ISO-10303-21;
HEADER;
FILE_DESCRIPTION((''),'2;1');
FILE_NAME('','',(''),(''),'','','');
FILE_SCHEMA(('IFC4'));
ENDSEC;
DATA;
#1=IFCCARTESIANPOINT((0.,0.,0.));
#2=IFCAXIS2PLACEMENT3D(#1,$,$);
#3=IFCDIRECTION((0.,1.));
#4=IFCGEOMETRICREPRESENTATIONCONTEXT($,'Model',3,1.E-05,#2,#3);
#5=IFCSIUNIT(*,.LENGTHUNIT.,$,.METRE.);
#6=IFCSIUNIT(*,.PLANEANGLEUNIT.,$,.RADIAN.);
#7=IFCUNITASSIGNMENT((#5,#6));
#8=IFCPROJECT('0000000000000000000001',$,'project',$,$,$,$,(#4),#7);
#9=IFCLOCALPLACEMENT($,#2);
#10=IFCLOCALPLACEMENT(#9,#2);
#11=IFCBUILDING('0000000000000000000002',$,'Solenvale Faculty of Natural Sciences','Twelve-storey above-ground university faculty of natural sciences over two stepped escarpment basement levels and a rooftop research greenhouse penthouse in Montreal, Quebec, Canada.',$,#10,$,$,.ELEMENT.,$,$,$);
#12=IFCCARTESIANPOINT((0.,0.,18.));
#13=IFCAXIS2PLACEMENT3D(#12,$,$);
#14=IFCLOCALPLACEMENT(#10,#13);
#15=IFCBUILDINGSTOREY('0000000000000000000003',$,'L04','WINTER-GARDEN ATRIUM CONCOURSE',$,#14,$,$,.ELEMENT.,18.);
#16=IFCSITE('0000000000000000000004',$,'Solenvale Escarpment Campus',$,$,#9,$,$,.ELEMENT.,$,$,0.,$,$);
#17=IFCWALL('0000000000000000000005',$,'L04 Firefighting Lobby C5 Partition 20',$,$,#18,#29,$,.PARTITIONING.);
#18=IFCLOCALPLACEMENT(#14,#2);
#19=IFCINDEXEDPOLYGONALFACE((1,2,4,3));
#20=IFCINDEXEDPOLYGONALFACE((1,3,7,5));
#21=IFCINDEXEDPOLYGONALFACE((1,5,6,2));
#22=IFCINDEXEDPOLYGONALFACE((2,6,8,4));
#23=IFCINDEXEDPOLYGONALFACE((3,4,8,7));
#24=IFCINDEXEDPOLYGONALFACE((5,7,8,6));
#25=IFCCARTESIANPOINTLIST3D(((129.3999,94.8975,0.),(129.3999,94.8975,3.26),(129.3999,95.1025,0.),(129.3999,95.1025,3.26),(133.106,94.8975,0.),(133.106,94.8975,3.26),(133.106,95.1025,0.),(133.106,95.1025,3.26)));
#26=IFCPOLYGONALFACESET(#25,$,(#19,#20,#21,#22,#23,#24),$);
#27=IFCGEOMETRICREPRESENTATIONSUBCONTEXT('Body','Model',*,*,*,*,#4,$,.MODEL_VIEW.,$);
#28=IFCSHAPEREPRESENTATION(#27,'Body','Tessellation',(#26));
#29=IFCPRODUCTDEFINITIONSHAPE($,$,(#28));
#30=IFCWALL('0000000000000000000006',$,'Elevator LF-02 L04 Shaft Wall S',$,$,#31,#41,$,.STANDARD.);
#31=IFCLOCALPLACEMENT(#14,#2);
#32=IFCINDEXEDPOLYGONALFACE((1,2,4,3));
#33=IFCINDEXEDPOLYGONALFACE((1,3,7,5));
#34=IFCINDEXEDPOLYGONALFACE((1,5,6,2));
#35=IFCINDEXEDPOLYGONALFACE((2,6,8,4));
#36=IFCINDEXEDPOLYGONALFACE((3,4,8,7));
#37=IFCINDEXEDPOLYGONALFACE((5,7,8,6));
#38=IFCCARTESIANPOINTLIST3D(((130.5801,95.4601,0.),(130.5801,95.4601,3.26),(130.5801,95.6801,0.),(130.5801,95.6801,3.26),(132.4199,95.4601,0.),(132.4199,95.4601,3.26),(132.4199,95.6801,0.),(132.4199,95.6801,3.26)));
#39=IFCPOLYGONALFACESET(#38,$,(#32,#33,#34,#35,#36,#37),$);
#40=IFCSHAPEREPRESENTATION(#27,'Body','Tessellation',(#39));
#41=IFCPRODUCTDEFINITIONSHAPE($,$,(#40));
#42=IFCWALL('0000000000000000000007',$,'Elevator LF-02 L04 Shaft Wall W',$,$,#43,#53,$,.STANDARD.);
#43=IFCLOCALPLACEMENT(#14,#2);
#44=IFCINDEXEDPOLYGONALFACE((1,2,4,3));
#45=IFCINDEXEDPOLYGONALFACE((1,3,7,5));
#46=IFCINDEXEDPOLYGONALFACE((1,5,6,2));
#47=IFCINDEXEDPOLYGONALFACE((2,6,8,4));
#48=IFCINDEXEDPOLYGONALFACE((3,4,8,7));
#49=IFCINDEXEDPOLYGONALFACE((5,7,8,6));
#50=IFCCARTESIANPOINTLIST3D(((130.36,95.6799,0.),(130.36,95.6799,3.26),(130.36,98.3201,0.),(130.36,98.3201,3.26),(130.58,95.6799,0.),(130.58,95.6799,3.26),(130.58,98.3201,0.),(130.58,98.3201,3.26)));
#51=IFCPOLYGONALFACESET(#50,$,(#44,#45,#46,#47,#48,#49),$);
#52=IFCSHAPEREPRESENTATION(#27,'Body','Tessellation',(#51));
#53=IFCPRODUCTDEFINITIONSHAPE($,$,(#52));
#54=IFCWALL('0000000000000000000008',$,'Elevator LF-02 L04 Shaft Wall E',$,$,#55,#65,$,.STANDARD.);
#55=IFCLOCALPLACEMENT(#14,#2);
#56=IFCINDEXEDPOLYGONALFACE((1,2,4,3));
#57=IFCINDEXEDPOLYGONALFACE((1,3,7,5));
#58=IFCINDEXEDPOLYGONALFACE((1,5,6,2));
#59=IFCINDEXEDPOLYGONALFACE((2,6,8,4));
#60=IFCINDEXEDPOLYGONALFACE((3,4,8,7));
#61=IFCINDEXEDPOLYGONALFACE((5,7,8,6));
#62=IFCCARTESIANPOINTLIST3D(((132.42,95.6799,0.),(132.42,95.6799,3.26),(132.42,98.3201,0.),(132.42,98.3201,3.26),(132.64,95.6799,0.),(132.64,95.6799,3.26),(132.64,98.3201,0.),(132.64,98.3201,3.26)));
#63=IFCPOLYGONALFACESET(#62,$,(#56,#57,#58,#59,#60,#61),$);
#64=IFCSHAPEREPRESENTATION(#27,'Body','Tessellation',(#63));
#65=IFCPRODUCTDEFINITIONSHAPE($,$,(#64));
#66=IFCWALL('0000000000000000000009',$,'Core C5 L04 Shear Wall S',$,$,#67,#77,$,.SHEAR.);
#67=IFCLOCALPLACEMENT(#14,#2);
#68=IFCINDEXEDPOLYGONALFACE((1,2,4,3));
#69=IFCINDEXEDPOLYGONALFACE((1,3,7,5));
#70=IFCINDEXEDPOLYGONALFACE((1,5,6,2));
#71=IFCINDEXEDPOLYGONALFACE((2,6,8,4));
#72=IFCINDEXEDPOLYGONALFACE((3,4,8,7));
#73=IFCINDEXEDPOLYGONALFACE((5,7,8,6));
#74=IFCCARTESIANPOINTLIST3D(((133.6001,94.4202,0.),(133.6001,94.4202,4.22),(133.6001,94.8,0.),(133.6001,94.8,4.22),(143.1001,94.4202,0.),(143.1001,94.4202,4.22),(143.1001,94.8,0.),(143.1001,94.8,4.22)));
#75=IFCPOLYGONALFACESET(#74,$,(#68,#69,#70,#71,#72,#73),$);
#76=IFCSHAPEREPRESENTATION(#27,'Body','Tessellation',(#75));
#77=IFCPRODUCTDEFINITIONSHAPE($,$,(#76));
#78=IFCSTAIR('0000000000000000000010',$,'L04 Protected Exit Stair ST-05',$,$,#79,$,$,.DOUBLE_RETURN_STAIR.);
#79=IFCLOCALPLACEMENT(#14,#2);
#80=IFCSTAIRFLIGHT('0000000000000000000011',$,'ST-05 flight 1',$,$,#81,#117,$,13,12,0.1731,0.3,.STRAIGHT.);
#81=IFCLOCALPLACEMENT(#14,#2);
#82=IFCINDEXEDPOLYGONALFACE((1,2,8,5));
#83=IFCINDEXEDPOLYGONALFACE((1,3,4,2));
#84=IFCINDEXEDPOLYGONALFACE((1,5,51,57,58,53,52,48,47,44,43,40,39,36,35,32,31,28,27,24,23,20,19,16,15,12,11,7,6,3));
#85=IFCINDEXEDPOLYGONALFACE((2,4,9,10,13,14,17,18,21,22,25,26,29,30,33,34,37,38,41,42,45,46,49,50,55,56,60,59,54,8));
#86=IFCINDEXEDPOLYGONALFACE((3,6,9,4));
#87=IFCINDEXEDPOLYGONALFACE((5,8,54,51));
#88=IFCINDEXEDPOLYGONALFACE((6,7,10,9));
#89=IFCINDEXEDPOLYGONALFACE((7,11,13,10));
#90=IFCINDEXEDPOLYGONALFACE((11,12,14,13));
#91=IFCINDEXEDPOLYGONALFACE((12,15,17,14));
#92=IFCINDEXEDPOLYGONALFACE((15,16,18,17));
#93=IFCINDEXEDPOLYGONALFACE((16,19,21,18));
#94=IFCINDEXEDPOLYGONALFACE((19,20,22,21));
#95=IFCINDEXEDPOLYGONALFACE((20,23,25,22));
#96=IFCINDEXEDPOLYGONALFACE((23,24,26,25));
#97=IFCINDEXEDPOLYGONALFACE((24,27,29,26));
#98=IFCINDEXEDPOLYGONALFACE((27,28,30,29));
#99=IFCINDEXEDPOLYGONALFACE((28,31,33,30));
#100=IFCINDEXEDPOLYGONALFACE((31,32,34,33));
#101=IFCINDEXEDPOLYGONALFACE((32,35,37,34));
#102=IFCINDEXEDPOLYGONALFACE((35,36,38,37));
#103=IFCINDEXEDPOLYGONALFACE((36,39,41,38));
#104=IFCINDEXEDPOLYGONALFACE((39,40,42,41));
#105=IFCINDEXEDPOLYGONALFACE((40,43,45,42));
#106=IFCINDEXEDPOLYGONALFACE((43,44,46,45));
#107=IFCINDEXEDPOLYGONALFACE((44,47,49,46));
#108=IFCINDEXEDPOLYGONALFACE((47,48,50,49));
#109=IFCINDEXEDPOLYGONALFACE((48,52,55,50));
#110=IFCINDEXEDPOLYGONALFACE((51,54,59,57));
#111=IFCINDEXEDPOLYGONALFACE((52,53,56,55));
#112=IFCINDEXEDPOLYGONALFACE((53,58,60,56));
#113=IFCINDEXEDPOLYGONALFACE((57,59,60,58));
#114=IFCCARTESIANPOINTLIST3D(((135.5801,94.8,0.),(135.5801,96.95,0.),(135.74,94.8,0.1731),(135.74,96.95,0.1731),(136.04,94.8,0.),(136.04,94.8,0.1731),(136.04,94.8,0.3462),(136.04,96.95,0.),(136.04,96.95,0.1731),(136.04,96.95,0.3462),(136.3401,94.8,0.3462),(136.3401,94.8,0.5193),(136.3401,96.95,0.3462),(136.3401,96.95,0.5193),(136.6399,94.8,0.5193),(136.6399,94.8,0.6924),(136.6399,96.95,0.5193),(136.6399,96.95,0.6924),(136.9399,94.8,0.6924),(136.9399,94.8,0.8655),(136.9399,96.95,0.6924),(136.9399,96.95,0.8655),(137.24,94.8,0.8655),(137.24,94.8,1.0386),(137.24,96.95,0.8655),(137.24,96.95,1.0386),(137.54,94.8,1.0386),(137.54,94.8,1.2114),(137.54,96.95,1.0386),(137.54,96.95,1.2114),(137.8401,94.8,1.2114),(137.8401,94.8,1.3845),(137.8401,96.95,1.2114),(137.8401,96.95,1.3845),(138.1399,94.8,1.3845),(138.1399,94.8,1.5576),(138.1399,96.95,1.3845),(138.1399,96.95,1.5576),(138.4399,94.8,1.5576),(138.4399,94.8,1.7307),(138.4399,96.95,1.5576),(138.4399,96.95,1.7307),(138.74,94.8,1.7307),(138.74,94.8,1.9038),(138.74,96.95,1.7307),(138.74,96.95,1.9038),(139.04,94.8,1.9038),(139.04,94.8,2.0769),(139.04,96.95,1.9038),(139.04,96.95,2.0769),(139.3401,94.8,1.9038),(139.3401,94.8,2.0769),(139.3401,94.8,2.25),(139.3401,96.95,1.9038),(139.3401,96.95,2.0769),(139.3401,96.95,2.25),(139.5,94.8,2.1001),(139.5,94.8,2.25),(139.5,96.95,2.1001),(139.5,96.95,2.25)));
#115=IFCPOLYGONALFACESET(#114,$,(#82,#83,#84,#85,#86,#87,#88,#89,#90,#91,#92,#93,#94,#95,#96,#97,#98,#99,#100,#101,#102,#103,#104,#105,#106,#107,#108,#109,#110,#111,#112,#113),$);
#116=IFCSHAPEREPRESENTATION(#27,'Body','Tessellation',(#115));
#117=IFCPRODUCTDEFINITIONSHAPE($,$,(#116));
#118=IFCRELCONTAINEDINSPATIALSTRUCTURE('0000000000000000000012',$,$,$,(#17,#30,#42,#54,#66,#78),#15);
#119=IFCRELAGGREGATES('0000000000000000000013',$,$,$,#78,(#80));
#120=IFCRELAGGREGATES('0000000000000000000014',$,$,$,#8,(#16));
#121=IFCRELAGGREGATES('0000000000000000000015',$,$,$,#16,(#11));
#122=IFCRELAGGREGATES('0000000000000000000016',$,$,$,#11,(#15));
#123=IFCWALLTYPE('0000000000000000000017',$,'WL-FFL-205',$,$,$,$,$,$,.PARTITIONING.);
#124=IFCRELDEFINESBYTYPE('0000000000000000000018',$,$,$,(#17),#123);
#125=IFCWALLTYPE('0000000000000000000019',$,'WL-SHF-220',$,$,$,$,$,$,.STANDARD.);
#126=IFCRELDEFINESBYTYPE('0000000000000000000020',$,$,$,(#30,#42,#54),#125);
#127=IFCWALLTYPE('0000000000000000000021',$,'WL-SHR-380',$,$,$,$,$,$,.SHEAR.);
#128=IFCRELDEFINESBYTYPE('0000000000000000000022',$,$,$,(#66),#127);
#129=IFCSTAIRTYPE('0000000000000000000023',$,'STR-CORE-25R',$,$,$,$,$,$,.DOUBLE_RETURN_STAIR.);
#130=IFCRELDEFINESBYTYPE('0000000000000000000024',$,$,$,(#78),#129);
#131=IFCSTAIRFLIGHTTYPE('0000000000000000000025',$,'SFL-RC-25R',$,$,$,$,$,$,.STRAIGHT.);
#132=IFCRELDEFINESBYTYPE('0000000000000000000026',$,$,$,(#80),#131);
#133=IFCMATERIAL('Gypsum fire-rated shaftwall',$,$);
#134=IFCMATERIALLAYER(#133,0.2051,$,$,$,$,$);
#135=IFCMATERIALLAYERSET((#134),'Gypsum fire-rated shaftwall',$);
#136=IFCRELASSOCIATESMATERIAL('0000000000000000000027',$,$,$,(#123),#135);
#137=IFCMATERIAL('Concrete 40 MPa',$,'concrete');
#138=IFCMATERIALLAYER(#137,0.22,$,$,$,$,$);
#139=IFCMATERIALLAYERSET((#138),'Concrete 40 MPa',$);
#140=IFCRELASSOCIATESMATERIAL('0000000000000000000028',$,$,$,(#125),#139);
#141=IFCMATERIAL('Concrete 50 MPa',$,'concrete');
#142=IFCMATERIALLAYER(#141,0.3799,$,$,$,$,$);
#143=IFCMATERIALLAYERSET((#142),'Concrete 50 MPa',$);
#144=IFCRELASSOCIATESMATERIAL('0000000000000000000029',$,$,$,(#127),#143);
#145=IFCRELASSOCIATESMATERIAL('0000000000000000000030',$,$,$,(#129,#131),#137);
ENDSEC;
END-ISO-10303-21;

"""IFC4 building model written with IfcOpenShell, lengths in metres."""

from ifc_helpers import new_model, si_unit, direction, frame, frame_2d, origin, place, context, subcontext, project, spatial, polyline, rectangle, outline, extrude, material, layer, layer_set, type_object, element, aggregate, save


model = new_model("IFC4")

# Units and contexts
model_context = context("Model", 3, precision=1e-05, world=origin(), true_north=direction((0.0, 1.0)))
body_context = subcontext(model_context, "Body", "Model", "MODEL_VIEW")
ifc_project = project(units=[si_unit("LENGTHUNIT", "METRE"), si_unit("PLANEANGLEUNIT", "RADIAN")], contexts=[model_context])

# Site, building, storey
site_placement = place(None, origin())
site = spatial("IfcSite", under=ifc_project, at=site_placement, Name="Solenvale Escarpment Campus", CompositionType="ELEMENT", RefElevation=0.0)
building_placement = place(site_placement, origin())
building = spatial("IfcBuilding", under=site, at=building_placement, Name="Solenvale Faculty of Natural Sciences", Description="Twelve-storey above-ground university faculty of natural sciences over two stepped escarpment basement levels and a rooftop research greenhouse penthouse in Montreal, Quebec, Canada.", CompositionType="ELEMENT")
storey_placement = place(building_placement, frame((0.0, 0.0, 18.0)))
storey = spatial("IfcBuildingStorey", under=building, at=storey_placement, Name="L04", Description="WINTER-GARDEN ATRIUM CONCOURSE", CompositionType="ELEMENT", Elevation=18.0)

# Walls
ifc_material_1 = material(Name="Gypsum fire-rated shaftwall")
ifc_layer_1 = layer(ifc_material_1, 0.2051)
ifc_layer_set_1 = layer_set([ifc_layer_1], Name="Gypsum fire-rated shaftwall")
wall_type_1 = type_object("IfcWallType", Name="WL-FFL-205", PredefinedType="PARTITIONING", material=ifc_layer_set_1)
wall_1_placement = place(storey_placement, frame((133.106, 95.0, 0.0), z_axis=(0.0, 0.0, 1.0), x_axis=(-1.0, 0.0, 0.0)))
element("IfcWall", 1, at=wall_1_placement, inside=storey, type_object=wall_type_1, Name="L04 Firefighting Lobby C5 Partition 20", PredefinedType="PARTITIONING", context=body_context, shape_type="SweptSolid", body=[
    extrude(rectangle(XDim=3.7061, YDim=0.2051, at=frame_2d((1.853, 0.0))), origin(), (0.0, 0.0, 1.0), 3.26),
])
ifc_material_2 = material(Name="Concrete 40 MPa", Category="concrete")
ifc_layer_2 = layer(ifc_material_2, 0.22)
ifc_layer_set_2 = layer_set([ifc_layer_2], Name="Concrete 40 MPa")
wall_type_2 = type_object("IfcWallType", Name="WL-SHF-220", PredefinedType="STANDARD", material=ifc_layer_set_2)
wall_2_placement = place(storey_placement, frame((130.5801, 95.5701, 0.0), z_axis=(0.0, 0.0, 1.0), x_axis=(1.0, 0.0, 0.0)))
element("IfcWall", 2, at=wall_2_placement, inside=storey, type_object=wall_type_2, Name="Elevator LF-02 L04 Shaft Wall S", PredefinedType="STANDARD", context=body_context, shape_type="SweptSolid", body=[
    extrude(rectangle(XDim=1.8398, YDim=0.22, at=frame_2d((0.9199, 0.0))), origin(), (0.0, 0.0, 1.0), 3.26),
])
for number, where, z_axis, x_axis, name in (
    (3, (130.47, 95.6799, 0.0), (0.0, 0.0, 1.0), (0.0, 1.0, 0.0), "Elevator LF-02 L04 Shaft Wall W"),
    (4, (132.53, 95.6799, 0.0), (0.0, 0.0, 1.0), (0.0, 1.0, 0.0), "Elevator LF-02 L04 Shaft Wall E"),
):
    element("IfcWall", number, at=place(storey_placement, frame(where, z_axis=z_axis, x_axis=x_axis)), inside=storey, type_object=wall_type_2, Name=name, PredefinedType="STANDARD", context=body_context, shape_type="SweptSolid", body=[
        extrude(rectangle(XDim=2.6401, YDim=0.22, at=frame_2d((1.3201, 0.0))), origin(), (0.0, 0.0, 1.0), 3.26),
    ])
ifc_material_3 = material(Name="Concrete 50 MPa", Category="concrete")
ifc_layer_3 = layer(ifc_material_3, 0.3799)
ifc_layer_set_3 = layer_set([ifc_layer_3], Name="Concrete 50 MPa")
wall_type_3 = type_object("IfcWallType", Name="WL-SHR-380", PredefinedType="SHEAR", material=ifc_layer_set_3)
wall_3_placement = place(storey_placement, frame((133.6001, 94.6101, 0.0), z_axis=(0.0, 0.0, 1.0), x_axis=(1.0, 0.0, 0.0)))
element("IfcWall", 5, at=wall_3_placement, inside=storey, type_object=wall_type_3, Name="Core C5 L04 Shear Wall S", PredefinedType="SHEAR", context=body_context, shape_type="SweptSolid", body=[
    extrude(rectangle(XDim=9.5, YDim=0.3799, at=frame_2d((4.75, 0.0))), origin(), (0.0, 0.0, 1.0), 4.22),
])

# Stair, stair flight
stair_type = type_object("IfcStairType", Name="STR-CORE-25R", PredefinedType="DOUBLE_RETURN_STAIR", material=ifc_material_2)
stair_placement = place(storey_placement, origin())
stair = element("IfcStair", 6, at=stair_placement, inside=storey, type_object=stair_type, Name="L04 Protected Exit Stair ST-05", PredefinedType="DOUBLE_RETURN_STAIR")
stair_flight_type = type_object("IfcStairFlightType", Name="SFL-RC-25R", PredefinedType="STRAIGHT", material=ifc_material_2)
stair_flight_placement = place(storey_placement, frame((135.74, 95.875, 0.0), z_axis=(0.0, 0.0, 1.0), x_axis=(1.0, 0.0, 0.0)))
stair_flight = element("IfcStairFlight", 7, at=stair_flight_placement, type_object=stair_flight_type, Name="ST-05 flight 1", NumberOfRisers=13, NumberOfTreads=12, PredefinedType="STRAIGHT", RiserHeight=0.1731, TreadLength=0.3, context=body_context, shape_type="SweptSolid", body=[
    extrude(outline(polyline([(-0.1599, 0.0), (0.0, 0.1731), (0.3, 0.1731), (0.3, 0.3462), (0.6001, 0.3462), (0.6001, 0.5193), (0.8999, 0.5193), (0.8999, 0.6924), (1.2, 0.6924), (1.2, 0.8655), (1.5, 0.8655), (1.5, 1.0386), (1.8, 1.0386), (1.8, 1.2114), (2.1001, 1.2114), (2.1001, 1.3845), (2.3999, 1.3845), (2.3999, 1.5576), (2.7, 1.5576), (2.7, 1.7307), (3.0, 1.7307), (3.0, 1.9038), (3.3, 1.9038), (3.3, 2.0769), (3.6001, 2.0769), (3.6001, 2.25), (3.76, 2.25), (3.76, 2.1001), (3.6001, 1.9038), (0.3, 0.0), (-0.1599, 0.0)])), frame((0.0, 1.075, 0.0), z_axis=(0.0, -1.0, 0.0), x_axis=(1.0, 0.0, 0.0)), (0.0, 0.0, 1.0), 2.1499),
])
aggregate(stair, [stair_flight])

save(model, "model.ifc")
